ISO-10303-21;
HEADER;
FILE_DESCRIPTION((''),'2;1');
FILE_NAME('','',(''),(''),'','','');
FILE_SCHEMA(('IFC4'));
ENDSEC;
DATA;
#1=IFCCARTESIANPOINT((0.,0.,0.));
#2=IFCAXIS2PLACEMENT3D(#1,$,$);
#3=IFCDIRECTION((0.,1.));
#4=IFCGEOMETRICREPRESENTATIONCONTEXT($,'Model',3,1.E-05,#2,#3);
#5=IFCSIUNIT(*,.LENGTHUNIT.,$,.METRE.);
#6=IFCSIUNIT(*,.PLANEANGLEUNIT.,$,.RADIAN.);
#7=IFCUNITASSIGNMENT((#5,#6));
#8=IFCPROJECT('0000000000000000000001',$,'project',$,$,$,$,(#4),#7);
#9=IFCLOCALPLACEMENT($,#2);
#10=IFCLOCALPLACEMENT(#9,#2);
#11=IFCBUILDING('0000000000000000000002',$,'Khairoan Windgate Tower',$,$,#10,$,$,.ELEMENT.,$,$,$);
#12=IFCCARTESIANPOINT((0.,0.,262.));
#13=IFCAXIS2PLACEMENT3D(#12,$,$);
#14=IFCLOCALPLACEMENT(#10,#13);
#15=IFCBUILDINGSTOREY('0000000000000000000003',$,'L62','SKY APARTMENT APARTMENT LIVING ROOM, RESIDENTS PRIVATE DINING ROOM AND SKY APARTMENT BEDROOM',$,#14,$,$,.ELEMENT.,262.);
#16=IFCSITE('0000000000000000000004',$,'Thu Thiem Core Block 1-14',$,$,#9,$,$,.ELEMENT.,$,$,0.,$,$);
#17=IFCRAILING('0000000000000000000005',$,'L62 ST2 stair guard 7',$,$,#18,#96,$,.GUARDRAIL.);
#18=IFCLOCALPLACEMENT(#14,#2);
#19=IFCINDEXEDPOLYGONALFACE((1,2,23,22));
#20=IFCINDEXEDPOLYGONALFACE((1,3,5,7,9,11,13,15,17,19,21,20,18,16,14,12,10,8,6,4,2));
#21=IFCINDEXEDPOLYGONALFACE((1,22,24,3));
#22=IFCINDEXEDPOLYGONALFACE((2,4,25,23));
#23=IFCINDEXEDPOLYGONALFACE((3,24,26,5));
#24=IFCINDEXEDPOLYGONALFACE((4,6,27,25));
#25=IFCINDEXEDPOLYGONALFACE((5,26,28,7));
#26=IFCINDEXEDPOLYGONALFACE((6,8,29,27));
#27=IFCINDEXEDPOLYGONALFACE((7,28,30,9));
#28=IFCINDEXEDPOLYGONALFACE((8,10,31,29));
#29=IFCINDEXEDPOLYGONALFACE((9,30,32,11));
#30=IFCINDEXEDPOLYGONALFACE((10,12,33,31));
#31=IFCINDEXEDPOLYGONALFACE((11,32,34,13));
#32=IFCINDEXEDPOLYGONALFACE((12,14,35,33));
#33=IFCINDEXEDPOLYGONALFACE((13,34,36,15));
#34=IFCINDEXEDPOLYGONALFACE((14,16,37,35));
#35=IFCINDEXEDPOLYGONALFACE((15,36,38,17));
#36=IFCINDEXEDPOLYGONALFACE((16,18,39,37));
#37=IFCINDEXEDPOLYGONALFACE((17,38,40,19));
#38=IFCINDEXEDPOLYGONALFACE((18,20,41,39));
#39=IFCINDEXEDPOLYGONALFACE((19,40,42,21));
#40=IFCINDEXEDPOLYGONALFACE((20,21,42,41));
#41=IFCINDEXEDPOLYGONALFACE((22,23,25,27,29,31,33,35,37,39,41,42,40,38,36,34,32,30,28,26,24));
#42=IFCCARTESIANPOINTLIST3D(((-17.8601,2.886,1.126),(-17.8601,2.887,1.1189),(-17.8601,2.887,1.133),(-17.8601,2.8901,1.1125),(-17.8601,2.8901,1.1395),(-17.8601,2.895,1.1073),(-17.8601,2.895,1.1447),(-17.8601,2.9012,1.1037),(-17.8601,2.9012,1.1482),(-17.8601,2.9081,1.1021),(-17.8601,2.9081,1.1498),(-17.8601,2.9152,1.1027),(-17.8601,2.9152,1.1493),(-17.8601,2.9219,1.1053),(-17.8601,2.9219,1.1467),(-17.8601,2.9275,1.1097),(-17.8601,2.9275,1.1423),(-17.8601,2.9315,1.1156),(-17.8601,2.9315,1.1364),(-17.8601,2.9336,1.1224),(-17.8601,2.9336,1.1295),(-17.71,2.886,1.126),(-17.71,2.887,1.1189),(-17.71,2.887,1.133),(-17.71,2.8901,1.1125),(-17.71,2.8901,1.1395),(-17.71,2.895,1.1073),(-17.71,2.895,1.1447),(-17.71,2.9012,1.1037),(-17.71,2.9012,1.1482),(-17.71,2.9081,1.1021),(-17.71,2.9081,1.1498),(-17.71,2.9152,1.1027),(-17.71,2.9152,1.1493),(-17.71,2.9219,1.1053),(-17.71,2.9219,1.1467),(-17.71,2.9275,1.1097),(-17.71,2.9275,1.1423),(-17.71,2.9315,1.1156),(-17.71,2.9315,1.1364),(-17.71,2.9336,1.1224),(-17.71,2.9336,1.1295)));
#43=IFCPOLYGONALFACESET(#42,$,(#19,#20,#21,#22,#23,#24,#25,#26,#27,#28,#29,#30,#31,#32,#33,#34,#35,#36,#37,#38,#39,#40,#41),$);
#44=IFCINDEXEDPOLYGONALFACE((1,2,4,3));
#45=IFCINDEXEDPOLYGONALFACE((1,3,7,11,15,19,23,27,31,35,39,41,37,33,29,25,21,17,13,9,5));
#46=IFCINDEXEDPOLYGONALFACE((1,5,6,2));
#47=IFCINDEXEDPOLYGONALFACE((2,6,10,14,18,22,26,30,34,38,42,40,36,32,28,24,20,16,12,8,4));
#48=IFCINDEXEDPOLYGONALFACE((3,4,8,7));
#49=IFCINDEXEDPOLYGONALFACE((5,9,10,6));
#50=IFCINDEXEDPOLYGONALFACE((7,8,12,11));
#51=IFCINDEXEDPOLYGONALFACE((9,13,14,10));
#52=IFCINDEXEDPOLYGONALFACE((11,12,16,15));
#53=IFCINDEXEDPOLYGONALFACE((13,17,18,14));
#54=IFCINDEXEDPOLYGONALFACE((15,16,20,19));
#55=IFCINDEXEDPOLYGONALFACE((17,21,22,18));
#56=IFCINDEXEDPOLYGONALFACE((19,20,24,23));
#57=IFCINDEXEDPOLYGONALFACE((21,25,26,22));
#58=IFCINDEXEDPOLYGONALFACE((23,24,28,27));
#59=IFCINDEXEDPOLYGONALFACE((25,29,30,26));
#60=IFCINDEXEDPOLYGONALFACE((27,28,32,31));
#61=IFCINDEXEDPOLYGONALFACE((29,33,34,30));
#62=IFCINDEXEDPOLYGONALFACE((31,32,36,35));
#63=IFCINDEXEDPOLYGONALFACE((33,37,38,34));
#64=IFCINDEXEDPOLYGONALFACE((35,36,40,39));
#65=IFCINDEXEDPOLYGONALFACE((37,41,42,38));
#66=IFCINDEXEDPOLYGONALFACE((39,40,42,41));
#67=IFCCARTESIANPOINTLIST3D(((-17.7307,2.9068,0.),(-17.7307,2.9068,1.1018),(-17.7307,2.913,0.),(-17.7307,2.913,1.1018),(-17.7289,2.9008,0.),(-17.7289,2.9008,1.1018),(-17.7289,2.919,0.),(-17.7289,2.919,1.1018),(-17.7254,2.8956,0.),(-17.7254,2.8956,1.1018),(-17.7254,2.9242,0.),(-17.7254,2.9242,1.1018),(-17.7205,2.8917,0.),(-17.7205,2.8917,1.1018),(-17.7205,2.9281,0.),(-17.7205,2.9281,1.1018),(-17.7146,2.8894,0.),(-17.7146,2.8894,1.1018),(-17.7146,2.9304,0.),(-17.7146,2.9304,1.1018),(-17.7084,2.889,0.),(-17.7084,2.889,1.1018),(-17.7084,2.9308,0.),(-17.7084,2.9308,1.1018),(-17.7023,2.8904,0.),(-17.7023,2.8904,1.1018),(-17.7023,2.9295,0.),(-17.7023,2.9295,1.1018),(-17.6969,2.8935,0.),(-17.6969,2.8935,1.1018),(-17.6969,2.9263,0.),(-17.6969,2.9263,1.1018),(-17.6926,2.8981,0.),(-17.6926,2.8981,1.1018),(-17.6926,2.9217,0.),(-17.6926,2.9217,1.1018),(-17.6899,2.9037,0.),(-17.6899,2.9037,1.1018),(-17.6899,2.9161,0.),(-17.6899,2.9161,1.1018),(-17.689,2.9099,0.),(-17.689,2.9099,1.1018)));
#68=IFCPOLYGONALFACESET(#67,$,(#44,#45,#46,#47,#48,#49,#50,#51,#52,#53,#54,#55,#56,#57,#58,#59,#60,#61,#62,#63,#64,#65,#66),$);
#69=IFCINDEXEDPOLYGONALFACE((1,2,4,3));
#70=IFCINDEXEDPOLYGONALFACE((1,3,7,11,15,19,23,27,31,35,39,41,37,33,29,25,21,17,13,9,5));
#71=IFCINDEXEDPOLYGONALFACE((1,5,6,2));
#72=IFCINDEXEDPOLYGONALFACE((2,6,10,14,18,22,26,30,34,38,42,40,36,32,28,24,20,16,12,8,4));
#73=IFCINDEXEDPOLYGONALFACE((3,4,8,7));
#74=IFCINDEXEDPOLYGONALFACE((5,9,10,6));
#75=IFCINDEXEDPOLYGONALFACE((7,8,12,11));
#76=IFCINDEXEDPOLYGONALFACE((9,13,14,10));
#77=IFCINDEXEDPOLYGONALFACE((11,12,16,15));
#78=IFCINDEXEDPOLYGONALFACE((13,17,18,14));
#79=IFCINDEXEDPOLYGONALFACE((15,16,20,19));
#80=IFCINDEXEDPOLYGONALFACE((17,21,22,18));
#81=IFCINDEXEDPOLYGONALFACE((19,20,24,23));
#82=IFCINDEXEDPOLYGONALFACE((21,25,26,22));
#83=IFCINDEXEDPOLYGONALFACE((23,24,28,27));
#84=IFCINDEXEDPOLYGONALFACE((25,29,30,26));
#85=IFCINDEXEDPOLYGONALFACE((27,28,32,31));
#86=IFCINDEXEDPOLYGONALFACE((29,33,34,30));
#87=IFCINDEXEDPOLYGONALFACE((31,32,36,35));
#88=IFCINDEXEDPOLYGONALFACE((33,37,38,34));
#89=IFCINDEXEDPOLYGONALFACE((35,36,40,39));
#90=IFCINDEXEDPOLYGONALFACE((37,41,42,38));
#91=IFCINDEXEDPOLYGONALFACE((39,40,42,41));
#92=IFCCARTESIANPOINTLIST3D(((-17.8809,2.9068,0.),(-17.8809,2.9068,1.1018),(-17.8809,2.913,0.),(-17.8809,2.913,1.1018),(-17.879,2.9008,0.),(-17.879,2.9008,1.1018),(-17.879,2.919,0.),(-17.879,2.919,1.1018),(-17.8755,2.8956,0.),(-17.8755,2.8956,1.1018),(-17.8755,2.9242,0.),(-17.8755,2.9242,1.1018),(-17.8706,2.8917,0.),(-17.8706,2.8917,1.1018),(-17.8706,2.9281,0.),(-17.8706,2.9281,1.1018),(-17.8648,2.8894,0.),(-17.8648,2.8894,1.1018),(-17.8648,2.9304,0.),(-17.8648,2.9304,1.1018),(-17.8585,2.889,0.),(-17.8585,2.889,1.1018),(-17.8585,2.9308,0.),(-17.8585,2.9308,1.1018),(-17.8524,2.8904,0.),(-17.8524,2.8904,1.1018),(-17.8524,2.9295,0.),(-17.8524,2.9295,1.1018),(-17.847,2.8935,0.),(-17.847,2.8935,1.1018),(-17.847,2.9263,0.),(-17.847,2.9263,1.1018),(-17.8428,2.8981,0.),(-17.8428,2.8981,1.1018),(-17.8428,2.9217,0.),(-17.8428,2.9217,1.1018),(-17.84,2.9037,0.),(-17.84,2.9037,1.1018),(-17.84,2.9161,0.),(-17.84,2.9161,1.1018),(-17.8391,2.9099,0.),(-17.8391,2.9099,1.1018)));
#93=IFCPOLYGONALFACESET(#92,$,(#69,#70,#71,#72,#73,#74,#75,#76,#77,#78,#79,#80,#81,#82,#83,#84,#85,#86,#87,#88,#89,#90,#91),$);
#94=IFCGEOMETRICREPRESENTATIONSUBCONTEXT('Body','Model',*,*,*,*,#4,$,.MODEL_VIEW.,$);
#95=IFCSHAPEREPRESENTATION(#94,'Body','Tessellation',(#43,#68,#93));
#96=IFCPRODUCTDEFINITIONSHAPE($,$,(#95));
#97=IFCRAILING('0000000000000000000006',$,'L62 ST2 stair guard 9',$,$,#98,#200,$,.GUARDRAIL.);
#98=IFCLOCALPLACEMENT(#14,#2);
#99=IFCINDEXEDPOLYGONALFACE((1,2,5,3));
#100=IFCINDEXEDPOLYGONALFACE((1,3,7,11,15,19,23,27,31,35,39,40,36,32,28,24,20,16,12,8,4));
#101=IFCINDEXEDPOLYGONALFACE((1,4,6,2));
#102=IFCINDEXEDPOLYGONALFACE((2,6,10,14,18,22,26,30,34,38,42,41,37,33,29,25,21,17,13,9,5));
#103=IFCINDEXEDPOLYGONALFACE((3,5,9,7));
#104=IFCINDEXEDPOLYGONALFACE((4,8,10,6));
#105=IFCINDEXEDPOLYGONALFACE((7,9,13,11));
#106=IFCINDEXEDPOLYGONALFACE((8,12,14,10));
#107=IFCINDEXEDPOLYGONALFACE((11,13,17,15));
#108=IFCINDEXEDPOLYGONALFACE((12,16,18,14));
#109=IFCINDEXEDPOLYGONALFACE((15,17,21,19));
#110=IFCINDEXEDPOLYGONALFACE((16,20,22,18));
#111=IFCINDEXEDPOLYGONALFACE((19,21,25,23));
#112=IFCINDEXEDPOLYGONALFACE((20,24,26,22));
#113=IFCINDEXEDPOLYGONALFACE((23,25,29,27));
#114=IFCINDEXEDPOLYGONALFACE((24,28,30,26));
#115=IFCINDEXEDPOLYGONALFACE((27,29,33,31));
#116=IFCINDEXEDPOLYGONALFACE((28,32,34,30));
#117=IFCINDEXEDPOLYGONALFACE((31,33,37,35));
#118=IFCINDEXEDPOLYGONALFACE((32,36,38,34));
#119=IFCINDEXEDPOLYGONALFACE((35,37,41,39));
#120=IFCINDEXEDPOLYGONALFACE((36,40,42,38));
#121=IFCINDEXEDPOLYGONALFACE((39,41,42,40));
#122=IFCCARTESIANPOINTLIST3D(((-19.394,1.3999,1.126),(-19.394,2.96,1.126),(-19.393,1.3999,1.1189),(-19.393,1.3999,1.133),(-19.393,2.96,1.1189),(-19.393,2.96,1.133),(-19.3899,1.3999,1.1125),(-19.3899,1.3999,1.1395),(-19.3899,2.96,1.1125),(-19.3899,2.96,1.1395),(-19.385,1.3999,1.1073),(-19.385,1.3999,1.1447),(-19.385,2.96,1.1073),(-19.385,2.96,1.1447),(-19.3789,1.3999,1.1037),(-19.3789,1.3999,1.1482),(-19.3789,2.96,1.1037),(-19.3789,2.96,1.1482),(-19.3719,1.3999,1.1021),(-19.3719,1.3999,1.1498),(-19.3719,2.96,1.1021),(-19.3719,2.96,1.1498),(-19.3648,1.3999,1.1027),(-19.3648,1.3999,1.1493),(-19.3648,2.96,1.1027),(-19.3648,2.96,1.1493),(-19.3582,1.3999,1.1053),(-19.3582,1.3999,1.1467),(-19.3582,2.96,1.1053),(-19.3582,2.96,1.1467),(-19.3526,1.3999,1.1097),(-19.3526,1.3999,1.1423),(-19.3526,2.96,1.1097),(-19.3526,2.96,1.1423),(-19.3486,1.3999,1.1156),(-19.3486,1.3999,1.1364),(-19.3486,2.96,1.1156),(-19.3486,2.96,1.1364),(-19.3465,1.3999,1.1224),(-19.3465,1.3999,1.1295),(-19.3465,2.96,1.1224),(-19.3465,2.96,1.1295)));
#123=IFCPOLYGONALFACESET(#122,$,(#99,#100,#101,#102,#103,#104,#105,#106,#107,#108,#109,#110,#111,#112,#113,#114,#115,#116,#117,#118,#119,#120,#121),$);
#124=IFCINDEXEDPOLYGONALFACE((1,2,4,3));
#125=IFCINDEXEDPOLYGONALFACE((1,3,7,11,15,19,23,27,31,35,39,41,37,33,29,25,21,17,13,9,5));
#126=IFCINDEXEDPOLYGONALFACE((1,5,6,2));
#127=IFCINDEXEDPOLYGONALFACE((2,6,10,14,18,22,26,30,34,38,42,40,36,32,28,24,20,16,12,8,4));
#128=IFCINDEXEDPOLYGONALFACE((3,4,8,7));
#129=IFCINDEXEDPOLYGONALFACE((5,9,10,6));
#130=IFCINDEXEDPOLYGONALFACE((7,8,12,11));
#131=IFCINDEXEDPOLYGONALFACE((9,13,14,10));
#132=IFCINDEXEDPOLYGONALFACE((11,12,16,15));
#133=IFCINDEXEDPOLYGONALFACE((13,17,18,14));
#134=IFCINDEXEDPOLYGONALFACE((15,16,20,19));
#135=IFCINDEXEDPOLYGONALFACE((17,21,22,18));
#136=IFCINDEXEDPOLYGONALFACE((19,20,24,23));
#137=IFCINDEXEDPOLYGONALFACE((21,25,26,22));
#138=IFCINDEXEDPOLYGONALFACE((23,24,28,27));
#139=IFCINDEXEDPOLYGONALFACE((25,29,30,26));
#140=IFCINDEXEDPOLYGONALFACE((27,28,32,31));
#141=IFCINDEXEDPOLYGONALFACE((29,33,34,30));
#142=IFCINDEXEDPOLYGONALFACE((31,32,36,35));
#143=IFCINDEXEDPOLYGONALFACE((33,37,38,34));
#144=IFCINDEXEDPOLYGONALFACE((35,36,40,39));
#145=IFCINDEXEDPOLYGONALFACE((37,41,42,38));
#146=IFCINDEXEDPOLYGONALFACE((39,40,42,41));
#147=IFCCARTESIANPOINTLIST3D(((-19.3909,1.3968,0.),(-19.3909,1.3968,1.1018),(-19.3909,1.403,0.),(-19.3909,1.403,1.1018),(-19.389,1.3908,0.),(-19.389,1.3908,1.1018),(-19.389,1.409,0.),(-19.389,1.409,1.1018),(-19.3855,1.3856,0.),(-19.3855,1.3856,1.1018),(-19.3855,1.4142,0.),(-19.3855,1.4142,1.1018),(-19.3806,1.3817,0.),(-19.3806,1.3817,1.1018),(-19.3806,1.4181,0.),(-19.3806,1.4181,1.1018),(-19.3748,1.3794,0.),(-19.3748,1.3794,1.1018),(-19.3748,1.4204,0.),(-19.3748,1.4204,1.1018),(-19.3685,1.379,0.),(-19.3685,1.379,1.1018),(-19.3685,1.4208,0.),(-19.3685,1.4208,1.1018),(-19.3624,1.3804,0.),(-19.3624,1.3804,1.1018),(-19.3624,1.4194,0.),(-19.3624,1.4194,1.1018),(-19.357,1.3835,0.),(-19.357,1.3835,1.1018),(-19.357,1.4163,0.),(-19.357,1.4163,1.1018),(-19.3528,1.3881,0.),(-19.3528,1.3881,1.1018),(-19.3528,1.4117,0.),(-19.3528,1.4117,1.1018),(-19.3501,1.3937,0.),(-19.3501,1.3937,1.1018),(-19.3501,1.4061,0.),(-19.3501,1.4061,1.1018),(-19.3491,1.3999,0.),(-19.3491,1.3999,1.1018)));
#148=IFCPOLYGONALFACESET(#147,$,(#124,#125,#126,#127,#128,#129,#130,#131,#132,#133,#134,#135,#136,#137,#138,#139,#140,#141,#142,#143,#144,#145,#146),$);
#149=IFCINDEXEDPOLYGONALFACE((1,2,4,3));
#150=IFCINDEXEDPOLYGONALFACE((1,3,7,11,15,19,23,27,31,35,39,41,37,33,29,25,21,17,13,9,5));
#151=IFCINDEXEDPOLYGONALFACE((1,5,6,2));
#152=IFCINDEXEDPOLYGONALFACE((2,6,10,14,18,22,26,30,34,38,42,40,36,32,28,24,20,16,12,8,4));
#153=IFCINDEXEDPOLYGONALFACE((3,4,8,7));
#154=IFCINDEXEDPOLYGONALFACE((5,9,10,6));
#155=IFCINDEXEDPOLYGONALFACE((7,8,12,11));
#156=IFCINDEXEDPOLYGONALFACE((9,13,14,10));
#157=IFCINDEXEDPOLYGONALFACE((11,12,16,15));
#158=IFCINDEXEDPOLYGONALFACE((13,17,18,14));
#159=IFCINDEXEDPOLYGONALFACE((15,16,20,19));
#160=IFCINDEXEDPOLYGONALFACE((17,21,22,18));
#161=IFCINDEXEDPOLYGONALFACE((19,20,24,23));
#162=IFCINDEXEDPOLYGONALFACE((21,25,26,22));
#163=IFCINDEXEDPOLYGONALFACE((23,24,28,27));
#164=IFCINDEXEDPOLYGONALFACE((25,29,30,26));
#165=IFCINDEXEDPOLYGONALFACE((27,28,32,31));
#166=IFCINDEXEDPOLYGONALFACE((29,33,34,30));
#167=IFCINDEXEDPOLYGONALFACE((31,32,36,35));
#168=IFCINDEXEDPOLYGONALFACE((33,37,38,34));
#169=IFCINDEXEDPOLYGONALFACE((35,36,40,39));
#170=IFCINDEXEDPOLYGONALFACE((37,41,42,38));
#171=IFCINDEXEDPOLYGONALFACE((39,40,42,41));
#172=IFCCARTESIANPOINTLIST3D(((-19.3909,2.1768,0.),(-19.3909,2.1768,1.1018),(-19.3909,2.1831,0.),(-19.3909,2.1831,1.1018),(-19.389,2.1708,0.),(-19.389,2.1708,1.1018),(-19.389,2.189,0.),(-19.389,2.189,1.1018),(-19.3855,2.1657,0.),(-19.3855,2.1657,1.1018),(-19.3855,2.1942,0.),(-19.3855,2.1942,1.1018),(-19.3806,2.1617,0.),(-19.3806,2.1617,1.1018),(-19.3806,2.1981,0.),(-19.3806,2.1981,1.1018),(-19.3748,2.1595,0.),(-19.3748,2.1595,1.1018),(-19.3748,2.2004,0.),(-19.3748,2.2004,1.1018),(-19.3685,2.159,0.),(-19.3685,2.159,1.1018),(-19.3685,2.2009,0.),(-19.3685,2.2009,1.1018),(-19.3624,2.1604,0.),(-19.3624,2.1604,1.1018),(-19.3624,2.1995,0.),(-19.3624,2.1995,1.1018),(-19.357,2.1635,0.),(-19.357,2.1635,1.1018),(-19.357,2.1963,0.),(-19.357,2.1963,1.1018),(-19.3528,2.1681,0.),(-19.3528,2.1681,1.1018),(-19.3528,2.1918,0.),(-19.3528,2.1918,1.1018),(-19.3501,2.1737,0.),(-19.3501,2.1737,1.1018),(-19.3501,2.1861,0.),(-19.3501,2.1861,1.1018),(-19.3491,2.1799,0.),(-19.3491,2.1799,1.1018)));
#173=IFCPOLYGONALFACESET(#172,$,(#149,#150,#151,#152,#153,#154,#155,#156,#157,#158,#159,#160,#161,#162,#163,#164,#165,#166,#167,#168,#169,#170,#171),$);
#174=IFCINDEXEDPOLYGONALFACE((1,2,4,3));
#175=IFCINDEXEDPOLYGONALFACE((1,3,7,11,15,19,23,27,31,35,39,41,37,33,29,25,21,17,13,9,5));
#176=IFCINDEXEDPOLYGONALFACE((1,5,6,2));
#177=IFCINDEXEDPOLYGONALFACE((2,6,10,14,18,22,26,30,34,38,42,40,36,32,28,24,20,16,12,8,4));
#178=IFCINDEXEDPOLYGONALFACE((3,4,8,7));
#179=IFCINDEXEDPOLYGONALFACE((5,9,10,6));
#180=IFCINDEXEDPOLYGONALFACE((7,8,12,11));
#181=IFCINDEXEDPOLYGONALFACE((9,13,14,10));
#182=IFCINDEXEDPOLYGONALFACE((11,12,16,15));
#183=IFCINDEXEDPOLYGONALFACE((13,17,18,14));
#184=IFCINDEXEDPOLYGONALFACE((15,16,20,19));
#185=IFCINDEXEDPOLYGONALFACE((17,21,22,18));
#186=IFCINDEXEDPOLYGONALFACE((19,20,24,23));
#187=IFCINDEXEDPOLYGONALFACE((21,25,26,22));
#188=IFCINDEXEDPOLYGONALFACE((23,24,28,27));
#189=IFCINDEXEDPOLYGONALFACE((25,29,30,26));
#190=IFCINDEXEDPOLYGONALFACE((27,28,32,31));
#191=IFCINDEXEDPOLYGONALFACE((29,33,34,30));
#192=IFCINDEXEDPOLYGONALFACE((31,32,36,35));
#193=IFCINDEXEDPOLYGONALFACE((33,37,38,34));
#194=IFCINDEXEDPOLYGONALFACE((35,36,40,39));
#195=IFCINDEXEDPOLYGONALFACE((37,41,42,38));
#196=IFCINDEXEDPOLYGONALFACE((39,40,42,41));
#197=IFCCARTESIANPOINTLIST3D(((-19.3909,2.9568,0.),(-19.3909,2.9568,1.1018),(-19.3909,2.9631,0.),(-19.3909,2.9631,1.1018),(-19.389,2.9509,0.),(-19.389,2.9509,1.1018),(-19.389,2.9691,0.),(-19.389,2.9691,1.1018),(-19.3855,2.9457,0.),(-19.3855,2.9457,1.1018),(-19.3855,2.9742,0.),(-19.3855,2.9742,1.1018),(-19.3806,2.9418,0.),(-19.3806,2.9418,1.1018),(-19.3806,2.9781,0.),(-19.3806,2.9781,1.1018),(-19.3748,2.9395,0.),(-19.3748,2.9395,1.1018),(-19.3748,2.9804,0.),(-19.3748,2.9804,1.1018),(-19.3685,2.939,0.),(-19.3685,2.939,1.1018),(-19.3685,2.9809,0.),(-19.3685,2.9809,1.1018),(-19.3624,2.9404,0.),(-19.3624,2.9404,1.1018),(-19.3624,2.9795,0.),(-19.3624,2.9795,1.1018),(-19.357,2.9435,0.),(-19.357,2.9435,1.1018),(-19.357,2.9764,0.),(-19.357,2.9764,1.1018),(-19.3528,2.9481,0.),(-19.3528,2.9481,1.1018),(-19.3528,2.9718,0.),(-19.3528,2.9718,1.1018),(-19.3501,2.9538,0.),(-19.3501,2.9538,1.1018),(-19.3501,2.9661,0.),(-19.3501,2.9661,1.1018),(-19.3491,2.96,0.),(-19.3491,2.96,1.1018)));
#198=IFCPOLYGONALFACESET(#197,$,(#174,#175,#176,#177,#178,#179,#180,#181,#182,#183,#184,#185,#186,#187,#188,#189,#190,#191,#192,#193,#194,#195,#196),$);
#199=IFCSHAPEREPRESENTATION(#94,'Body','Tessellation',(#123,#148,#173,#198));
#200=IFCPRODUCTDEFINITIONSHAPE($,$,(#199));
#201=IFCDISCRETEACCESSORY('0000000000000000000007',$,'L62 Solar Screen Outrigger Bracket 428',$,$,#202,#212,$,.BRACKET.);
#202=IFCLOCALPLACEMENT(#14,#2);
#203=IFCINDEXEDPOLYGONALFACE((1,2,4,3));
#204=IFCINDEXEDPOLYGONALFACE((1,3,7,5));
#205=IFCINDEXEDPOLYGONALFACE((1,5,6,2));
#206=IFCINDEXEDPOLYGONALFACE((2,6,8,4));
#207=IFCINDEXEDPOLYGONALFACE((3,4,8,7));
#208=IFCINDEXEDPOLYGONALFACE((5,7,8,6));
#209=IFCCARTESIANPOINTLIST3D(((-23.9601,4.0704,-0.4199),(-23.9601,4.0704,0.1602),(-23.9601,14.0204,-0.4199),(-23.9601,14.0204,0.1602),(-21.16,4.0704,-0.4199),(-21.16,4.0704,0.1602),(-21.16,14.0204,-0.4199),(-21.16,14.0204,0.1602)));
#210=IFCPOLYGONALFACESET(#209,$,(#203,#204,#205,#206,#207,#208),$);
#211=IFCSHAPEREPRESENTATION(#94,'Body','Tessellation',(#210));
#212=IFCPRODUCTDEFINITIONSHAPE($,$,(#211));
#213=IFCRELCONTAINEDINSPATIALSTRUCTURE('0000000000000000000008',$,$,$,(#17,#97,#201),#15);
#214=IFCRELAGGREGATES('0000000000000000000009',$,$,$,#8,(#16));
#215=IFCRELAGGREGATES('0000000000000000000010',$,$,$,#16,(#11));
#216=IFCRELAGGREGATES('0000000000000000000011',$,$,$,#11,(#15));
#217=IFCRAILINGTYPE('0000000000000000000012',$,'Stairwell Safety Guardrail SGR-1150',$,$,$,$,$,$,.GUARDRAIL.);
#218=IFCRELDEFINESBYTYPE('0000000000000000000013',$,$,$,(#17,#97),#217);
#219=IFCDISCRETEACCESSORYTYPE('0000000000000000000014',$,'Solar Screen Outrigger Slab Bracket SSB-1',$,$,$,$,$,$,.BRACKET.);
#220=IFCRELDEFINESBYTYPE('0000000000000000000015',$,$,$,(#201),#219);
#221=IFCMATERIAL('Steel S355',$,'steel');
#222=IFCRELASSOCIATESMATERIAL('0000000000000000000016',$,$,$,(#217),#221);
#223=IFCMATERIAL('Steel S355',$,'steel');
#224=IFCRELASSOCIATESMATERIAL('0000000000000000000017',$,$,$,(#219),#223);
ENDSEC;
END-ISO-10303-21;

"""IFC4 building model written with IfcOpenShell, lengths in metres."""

from ifc_helpers import new_model, si_unit, direction, frame, origin, origin_2d, place, context, subcontext, project, spatial, rectangle, circle, extrude, material, type_object, element, save


model = new_model("IFC4")

# Units and contexts
model_context = context("Model", 3, precision=1e-05, world=origin(), true_north=direction((0.0, 1.0)))
body_context = subcontext(model_context, "Body", "Model", "MODEL_VIEW")
ifc_project = project(units=[si_unit("LENGTHUNIT", "METRE"), si_unit("PLANEANGLEUNIT", "RADIAN")], contexts=[model_context])

# Site, building, storey
site_placement = place(None, origin())
site = spatial("IfcSite", under=ifc_project, at=site_placement, Name="Thu Thiem Core Block 1-14", CompositionType="ELEMENT", RefElevation=0.0)
building_placement = place(site_placement, origin())
building = spatial("IfcBuilding", under=site, at=building_placement, Name="Khairoan Windgate Tower", CompositionType="ELEMENT")
storey_placement = place(building_placement, frame((0.0, 0.0, 262.0)))
storey = spatial("IfcBuildingStorey", under=building, at=storey_placement, Name="L62", Description="SKY APARTMENT APARTMENT LIVING ROOM, RESIDENTS PRIVATE DINING ROOM AND SKY APARTMENT BEDROOM", CompositionType="ELEMENT", Elevation=262.0)

# Railings
ifc_material_1 = material(Name="Steel S355", Category="steel")
railing_type_1 = type_object("IfcRailingType", Name="Stairwell Safety Guardrail SGR-1150", PredefinedType="GUARDRAIL", material=ifc_material_1)
railing_1_placement = place(storey_placement, frame((-17.71, 2.9099, 0.0)))
element("IfcRailing", 1, at=railing_1_placement, inside=storey, type_object=railing_type_1, Name="L62 ST2 stair guard 7", PredefinedType="GUARDRAIL", context=body_context, shape_type="SweptSolid", body=[
    extrude(circle(Radius=0.0239, at=origin_2d()), frame((0.0, 0.0, 1.126), z_axis=(-1.0, 0.0, 0.0), x_axis=(0.0, -1.0, 0.0)), (0.0, 0.0, 1.0), 0.1501),
    extrude(circle(Radius=0.021, at=origin_2d()), origin(), (0.0, 0.0, 1.0), 1.1018),
    extrude(circle(Radius=0.021, at=origin_2d()), frame((-0.1501, 0.0, 0.0)), (0.0, 0.0, 1.0), 1.1018),
])
railing_2_placement = place(storey_placement, frame((-19.3701, 1.3999, 0.0)))
element("IfcRailing", 2, at=railing_2_placement, inside=storey, type_object=railing_type_1, Name="L62 ST2 stair guard 9", PredefinedType="GUARDRAIL", context=body_context, shape_type="SweptSolid", body=[
    extrude(circle(Radius=0.0239, at=origin_2d()), frame((0.0, 0.0, 1.126), z_axis=(0.0, 1.0, 0.0), x_axis=(-1.0, 0.0, 0.0)), (0.0, 0.0, 1.0), 1.5601),
    extrude(circle(Radius=0.021, at=origin_2d()), origin(), (0.0, 0.0, 1.0), 1.1018),
    extrude(circle(Radius=0.021, at=origin_2d()), frame((0.0, 0.78, 0.0)), (0.0, 0.0, 1.0), 1.1018),
    extrude(circle(Radius=0.021, at=origin_2d()), frame((0.0, 1.5601, 0.0)), (0.0, 0.0, 1.0), 1.1018),
])

# Discrete accessory
ifc_material_2 = material(Name="Steel S355", Category="steel")
discrete_accessory_type = type_object("IfcDiscreteAccessoryType", Name="Solar Screen Outrigger Slab Bracket SSB-1", PredefinedType="BRACKET", material=ifc_material_2)
discrete_accessory_placement = place(storey_placement, frame((-22.5601, 9.0454, -0.4199), z_axis=(0.0, 0.0, 1.0), x_axis=(0.0, 1.0, 0.0)))
element("IfcDiscreteAccessory", 3, at=discrete_accessory_placement, inside=storey, type_object=discrete_accessory_type, Name="L62 Solar Screen Outrigger Bracket 428", PredefinedType="BRACKET", context=body_context, shape_type="SweptSolid", body=[
    extrude(rectangle(XDim=9.95, YDim=2.8, at=origin_2d()), origin(), (0.0, 0.0, 1.0), 0.5801),
])

save(model, "model.ifc")
